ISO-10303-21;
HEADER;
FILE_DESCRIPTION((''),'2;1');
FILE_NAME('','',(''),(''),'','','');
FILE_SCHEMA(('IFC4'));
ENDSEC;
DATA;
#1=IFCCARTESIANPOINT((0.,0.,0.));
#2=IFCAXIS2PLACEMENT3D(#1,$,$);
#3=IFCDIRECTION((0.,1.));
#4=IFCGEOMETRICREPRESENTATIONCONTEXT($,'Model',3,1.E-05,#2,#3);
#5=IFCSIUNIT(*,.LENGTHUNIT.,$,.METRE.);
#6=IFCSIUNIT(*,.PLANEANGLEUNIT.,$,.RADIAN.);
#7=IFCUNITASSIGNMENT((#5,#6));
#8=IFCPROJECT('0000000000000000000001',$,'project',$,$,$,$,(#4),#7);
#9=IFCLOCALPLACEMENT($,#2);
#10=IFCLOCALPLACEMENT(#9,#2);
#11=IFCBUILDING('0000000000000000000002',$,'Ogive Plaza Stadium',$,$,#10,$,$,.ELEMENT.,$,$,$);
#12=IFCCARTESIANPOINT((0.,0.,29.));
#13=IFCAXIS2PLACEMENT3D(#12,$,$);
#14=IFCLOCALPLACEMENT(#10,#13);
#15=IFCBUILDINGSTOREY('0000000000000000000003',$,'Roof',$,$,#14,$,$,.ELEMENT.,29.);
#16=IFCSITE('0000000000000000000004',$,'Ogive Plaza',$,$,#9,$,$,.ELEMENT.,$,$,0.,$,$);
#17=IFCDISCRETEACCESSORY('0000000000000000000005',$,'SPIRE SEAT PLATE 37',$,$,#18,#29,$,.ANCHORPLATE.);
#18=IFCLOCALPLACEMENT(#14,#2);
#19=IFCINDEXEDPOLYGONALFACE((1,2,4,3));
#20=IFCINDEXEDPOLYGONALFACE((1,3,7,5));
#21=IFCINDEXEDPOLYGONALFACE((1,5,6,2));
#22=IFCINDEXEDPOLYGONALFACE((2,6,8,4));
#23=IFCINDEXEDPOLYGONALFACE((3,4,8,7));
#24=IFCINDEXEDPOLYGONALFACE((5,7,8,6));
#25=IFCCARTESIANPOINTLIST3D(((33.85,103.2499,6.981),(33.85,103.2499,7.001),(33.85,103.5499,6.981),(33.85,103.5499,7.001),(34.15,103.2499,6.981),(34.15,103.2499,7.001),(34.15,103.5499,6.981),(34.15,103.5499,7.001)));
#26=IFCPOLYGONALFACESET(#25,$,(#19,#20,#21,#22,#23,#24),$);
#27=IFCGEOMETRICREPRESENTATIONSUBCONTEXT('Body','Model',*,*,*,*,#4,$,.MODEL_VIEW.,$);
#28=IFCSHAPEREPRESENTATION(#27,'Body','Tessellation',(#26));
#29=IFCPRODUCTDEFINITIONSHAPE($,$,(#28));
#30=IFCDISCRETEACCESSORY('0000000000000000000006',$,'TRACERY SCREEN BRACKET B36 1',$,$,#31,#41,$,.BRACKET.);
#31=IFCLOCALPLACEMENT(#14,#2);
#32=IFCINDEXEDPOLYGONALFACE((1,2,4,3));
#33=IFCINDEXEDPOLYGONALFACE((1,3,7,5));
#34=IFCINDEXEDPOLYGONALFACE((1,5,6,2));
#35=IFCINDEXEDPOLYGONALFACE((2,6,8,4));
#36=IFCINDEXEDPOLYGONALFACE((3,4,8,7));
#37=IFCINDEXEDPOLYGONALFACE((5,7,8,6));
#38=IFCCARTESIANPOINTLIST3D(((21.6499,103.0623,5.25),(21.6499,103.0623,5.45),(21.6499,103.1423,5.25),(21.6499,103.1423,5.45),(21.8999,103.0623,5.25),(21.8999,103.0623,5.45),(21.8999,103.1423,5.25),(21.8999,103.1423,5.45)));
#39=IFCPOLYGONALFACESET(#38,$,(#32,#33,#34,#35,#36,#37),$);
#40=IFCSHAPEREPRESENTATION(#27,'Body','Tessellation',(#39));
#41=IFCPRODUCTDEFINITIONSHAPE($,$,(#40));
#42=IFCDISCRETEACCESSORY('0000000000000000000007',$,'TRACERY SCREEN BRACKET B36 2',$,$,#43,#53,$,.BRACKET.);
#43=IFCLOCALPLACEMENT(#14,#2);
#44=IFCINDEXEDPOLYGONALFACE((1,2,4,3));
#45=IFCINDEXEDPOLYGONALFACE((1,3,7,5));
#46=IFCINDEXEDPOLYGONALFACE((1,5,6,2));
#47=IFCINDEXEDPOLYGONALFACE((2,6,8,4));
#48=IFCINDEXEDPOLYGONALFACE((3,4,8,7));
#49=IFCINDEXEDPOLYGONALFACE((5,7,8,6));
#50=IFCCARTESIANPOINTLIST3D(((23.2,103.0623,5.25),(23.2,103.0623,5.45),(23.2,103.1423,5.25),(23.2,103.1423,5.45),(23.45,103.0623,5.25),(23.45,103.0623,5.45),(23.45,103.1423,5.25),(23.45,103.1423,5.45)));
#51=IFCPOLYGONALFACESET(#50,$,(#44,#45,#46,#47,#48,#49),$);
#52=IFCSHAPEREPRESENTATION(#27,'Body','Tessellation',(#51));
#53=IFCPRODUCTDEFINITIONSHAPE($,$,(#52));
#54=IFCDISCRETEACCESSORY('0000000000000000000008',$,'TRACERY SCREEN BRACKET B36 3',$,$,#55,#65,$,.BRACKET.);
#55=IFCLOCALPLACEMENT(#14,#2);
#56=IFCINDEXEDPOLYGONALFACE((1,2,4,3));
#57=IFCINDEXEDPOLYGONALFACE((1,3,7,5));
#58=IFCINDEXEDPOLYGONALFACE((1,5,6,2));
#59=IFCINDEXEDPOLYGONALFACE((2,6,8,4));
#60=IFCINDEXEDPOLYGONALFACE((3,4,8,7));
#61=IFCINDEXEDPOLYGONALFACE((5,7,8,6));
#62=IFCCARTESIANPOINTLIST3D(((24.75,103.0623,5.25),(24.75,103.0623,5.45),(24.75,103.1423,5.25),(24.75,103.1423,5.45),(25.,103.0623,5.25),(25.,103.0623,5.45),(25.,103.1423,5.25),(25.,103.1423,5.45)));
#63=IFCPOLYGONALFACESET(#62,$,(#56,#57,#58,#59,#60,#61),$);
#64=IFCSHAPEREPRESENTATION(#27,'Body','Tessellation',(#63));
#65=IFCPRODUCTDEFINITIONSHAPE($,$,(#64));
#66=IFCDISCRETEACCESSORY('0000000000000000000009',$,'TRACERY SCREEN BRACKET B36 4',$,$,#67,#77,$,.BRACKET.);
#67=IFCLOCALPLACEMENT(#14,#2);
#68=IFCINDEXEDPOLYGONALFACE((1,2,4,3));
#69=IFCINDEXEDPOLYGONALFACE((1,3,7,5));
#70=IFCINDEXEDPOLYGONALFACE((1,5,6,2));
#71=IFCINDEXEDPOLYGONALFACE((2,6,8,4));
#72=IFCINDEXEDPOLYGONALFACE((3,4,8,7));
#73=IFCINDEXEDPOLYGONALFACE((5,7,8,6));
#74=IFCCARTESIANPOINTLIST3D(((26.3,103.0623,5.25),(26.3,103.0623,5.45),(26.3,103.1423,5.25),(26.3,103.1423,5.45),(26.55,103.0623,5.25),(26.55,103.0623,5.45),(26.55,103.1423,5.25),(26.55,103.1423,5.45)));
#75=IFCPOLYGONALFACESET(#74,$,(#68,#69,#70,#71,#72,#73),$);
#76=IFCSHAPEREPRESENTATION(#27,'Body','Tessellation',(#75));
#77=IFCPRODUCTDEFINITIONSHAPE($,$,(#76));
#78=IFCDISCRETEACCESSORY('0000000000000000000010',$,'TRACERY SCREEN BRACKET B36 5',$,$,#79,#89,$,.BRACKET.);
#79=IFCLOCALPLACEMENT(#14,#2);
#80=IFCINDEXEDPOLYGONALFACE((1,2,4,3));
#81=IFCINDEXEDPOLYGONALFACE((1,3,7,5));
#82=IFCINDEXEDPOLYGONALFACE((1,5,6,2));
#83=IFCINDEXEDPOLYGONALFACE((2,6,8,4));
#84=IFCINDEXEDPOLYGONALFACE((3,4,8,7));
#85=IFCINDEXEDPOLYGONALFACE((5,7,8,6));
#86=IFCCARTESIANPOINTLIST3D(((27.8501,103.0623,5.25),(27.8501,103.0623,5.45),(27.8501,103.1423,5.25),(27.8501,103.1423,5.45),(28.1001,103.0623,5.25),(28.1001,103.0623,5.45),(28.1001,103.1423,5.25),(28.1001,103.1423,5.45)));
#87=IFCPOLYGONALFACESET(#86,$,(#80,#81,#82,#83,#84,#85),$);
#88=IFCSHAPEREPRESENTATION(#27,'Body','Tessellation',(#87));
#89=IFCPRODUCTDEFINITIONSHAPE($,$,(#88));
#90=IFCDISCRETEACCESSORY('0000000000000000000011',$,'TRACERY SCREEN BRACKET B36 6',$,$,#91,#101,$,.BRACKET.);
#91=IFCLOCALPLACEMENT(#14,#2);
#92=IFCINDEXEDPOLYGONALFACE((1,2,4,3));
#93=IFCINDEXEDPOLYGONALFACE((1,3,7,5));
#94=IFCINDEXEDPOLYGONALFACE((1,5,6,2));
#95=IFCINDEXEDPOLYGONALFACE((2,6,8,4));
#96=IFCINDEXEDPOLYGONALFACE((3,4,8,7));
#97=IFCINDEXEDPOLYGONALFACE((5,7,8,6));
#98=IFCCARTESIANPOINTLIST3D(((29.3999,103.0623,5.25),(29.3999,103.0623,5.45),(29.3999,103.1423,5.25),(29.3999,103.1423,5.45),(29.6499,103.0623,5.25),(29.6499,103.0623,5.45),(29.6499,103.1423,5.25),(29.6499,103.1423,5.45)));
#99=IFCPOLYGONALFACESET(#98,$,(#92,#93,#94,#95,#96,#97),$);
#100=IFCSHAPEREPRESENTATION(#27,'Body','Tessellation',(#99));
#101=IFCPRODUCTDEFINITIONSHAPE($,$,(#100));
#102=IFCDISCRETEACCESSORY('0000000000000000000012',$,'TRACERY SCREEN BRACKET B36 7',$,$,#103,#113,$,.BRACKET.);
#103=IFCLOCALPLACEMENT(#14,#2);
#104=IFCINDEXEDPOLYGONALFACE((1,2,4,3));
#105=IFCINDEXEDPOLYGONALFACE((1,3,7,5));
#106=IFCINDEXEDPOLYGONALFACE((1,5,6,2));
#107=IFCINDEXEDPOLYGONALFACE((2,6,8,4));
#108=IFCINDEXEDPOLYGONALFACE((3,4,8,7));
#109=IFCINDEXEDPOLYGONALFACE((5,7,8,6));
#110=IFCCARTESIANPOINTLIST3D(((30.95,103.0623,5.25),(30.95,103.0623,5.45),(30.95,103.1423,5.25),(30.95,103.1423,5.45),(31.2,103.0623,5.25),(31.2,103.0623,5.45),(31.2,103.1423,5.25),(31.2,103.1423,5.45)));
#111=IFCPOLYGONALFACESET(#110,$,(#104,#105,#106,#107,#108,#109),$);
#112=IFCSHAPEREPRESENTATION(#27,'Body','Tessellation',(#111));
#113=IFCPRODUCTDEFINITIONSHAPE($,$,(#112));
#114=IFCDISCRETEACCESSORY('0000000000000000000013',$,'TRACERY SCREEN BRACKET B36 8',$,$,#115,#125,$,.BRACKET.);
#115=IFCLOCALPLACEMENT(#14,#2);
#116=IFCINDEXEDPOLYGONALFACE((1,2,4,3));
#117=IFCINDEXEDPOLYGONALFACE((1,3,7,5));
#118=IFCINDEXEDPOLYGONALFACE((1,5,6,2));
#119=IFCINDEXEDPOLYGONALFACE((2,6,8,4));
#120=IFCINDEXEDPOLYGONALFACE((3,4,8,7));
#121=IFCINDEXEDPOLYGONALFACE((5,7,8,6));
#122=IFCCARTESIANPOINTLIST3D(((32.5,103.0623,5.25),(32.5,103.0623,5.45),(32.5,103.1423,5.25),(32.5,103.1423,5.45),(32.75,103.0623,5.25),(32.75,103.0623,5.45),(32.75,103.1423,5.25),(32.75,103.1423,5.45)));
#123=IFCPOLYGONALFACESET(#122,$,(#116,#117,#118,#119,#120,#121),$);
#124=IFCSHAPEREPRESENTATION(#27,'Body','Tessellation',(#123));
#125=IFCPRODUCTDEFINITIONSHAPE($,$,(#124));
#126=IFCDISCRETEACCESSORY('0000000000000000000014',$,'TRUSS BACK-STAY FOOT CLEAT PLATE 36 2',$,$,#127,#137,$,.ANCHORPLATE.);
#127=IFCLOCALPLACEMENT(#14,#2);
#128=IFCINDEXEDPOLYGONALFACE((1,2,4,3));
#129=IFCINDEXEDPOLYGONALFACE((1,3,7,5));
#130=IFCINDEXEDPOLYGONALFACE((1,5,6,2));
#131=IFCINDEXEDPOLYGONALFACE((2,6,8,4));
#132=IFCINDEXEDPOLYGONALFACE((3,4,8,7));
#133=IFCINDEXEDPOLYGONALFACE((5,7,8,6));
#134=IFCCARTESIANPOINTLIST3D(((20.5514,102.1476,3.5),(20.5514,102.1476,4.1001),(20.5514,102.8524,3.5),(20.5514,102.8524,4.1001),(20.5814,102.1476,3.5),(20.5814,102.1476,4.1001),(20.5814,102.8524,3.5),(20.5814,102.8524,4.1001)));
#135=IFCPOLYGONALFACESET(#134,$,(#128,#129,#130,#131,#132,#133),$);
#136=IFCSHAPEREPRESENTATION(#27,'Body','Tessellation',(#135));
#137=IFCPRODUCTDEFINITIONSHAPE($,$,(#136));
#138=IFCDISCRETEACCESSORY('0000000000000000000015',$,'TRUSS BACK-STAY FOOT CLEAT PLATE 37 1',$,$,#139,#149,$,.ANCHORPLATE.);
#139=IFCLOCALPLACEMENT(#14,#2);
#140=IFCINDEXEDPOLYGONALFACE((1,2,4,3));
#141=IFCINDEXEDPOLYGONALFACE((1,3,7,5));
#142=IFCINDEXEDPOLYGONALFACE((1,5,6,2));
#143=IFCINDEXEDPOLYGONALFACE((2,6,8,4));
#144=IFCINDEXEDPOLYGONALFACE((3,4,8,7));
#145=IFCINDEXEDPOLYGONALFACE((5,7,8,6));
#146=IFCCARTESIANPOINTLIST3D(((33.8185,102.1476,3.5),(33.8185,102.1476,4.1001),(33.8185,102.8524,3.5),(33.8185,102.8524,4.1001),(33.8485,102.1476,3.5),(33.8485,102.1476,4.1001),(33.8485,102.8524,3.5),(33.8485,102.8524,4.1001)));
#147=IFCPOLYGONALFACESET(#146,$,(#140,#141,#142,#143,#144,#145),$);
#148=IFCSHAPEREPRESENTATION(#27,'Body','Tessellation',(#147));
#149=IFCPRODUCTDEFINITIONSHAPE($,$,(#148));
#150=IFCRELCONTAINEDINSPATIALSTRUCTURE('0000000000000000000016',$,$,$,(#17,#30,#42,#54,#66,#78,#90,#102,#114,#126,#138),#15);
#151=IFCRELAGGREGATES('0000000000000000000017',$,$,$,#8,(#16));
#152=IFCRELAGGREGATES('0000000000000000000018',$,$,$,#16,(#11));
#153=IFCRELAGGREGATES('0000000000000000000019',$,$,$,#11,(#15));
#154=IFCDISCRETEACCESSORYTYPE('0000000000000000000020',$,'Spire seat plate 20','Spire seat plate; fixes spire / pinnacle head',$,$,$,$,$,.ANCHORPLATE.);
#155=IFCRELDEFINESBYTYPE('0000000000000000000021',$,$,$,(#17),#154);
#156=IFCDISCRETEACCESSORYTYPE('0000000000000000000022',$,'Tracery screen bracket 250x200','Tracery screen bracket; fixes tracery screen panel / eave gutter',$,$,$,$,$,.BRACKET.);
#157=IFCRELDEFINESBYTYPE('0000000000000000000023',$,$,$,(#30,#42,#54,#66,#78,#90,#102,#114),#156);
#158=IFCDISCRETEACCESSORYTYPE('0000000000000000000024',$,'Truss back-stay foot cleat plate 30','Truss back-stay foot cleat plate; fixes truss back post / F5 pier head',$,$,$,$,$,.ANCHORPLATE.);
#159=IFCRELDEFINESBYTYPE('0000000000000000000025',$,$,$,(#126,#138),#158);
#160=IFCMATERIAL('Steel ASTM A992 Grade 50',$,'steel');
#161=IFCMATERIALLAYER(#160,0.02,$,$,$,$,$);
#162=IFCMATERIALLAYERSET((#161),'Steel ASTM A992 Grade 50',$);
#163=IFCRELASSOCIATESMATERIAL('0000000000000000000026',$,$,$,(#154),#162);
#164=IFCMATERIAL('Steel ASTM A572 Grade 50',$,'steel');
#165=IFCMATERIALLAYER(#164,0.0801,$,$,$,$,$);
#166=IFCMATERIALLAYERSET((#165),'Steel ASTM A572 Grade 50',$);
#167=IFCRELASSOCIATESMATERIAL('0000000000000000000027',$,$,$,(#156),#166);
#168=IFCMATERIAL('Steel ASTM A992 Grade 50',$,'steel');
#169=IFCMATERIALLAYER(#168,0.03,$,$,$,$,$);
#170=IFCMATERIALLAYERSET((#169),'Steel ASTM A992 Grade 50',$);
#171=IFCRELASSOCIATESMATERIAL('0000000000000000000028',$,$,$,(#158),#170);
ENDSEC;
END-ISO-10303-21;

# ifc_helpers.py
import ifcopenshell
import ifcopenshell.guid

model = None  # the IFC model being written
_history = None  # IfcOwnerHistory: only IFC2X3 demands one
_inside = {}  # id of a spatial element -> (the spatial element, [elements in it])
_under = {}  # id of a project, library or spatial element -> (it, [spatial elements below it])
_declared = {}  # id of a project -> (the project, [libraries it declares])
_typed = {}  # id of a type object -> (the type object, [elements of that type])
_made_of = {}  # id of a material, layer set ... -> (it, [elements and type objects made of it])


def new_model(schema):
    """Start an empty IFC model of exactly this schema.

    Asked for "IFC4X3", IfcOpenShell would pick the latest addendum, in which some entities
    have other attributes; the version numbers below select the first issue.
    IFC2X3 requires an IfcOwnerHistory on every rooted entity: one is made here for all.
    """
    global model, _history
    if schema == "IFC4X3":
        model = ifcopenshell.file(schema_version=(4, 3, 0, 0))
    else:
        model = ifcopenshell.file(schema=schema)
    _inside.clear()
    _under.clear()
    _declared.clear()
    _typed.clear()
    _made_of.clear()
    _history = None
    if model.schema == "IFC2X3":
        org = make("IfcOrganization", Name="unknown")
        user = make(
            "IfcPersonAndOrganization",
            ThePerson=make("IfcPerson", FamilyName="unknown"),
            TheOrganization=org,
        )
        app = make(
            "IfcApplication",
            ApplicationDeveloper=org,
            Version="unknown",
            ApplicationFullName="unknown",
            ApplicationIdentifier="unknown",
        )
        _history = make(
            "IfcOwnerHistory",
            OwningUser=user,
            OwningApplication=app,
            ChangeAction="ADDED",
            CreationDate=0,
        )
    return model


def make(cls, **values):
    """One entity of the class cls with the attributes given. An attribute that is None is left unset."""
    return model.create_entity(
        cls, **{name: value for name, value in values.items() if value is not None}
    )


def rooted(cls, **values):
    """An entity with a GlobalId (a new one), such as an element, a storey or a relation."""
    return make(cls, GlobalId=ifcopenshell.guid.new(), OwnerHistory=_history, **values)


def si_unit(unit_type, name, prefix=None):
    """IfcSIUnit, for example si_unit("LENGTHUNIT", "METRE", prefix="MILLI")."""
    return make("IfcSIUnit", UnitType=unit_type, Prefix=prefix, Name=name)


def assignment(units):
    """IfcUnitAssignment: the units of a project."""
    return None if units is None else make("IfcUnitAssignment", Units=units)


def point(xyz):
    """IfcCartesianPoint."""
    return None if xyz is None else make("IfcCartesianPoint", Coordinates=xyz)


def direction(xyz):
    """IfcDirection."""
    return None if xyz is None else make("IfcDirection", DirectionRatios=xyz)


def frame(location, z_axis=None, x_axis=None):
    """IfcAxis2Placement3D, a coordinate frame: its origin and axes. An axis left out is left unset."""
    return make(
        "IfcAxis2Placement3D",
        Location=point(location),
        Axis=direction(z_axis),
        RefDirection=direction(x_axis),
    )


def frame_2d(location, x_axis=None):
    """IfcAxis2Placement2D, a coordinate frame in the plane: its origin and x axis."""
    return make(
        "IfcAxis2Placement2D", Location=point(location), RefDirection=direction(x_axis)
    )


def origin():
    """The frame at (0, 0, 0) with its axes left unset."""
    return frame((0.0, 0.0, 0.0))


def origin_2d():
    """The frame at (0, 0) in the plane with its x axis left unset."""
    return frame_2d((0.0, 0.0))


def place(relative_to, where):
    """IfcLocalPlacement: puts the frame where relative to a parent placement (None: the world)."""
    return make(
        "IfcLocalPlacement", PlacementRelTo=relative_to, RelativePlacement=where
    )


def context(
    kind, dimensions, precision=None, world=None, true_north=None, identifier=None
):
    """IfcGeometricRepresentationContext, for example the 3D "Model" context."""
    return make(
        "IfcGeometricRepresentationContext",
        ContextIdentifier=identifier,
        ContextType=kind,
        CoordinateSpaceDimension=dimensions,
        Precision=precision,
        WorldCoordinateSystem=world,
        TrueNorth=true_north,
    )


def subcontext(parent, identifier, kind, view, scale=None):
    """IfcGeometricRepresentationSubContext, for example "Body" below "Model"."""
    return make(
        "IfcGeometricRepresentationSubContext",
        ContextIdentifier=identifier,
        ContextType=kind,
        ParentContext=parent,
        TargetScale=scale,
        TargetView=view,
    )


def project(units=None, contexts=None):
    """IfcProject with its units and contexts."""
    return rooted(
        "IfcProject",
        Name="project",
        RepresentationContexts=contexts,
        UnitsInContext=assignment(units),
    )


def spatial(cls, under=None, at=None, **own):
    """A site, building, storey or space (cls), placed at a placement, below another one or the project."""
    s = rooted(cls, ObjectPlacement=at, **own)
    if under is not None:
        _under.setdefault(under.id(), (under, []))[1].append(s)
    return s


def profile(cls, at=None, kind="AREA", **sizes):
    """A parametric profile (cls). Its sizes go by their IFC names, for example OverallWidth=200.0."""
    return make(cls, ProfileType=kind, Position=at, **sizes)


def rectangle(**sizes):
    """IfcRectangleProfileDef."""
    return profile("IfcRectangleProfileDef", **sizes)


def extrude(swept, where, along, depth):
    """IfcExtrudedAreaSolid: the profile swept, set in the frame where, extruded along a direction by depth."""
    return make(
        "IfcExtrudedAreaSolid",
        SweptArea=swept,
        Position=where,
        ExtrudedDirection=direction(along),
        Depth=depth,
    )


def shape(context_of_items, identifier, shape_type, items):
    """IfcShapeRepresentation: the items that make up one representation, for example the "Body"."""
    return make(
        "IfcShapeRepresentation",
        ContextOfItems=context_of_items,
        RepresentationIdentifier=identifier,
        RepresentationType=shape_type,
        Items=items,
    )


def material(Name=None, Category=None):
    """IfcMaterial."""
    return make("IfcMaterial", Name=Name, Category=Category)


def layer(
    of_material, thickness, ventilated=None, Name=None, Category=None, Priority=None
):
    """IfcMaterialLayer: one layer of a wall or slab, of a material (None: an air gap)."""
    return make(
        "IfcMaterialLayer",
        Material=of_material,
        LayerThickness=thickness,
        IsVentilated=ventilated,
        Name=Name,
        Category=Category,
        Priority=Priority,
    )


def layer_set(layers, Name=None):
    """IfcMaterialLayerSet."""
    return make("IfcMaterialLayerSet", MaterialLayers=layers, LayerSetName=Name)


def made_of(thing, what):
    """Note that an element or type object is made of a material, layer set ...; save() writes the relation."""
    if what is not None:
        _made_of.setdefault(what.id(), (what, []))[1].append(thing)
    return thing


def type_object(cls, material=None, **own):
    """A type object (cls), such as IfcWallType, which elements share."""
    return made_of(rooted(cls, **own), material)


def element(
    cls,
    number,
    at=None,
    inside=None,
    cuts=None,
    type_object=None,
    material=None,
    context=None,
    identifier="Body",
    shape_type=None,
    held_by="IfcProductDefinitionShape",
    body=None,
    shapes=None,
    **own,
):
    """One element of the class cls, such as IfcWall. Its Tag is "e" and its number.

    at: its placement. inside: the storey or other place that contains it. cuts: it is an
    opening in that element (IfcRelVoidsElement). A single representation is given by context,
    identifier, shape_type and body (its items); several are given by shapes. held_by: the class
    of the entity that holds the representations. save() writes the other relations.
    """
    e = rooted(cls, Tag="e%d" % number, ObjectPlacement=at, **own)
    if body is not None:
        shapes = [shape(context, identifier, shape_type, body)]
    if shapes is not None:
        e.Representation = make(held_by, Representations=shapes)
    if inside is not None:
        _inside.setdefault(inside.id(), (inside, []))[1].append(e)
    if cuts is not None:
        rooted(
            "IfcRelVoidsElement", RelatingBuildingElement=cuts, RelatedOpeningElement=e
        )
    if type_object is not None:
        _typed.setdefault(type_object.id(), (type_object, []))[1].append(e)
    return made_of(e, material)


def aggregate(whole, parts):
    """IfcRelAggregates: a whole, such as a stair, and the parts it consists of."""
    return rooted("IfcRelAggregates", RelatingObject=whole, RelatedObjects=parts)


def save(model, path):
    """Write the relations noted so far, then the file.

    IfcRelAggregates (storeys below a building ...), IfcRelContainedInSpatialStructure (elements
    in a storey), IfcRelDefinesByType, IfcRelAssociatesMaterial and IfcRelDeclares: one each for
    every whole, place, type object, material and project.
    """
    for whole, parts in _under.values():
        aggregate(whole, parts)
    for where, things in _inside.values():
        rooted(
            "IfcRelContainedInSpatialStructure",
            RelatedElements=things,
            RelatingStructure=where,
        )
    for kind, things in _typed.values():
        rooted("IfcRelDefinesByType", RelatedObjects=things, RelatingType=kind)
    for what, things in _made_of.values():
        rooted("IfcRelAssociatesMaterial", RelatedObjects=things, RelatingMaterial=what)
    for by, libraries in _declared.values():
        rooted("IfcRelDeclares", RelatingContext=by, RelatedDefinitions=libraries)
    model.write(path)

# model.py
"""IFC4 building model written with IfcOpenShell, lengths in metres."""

from ifc_helpers import new_model, si_unit, direction, frame, origin, origin_2d, place, context, subcontext, project, spatial, rectangle, extrude, material, layer, layer_set, type_object, element, save


model = new_model("IFC4")

# Units and contexts
model_context = context("Model", 3, precision=1e-05, world=origin(), true_north=direction((0.0, 1.0)))
body_context = subcontext(model_context, "Body", "Model", "MODEL_VIEW")
ifc_project = project(units=[si_unit("LENGTHUNIT", "METRE"), si_unit("PLANEANGLEUNIT", "RADIAN")], contexts=[model_context])

# Site, building, storey
site_placement = place(None, origin())
site = spatial("IfcSite", under=ifc_project, at=site_placement, Name="Ogive Plaza", CompositionType="ELEMENT", RefElevation=0.0)
building_placement = place(site_placement, origin())
building = spatial("IfcBuilding", under=site, at=building_placement, Name="Ogive Plaza Stadium", CompositionType="ELEMENT")
storey_placement = place(building_placement, frame((0.0, 0.0, 29.0)))
storey = spatial("IfcBuildingStorey", under=building, at=storey_placement, Name="Roof", CompositionType="ELEMENT", Elevation=29.0)

# Discrete accessories
ifc_material_1 = material(Name="Steel ASTM A992 Grade 50", Category="steel")
ifc_layer_1 = layer(ifc_material_1, 0.02)
ifc_layer_set_1 = layer_set([ifc_layer_1], Name="Steel ASTM A992 Grade 50")
discrete_accessory_type_1 = type_object("IfcDiscreteAccessoryType", Name="Spire seat plate 20", Description="Spire seat plate; fixes spire / pinnacle head", PredefinedType="ANCHORPLATE", material=ifc_layer_set_1)
for number, where, z_axis, x_axis, name in (
    (1, (34.0, 103.3999, 6.981), (0.0, 0.0, 1.0), (0.0, 1.0, 0.0), "SPIRE SEAT PLATE 37"),
):
    element("IfcDiscreteAccessory", number, at=place(storey_placement, frame(where, z_axis=z_axis, x_axis=x_axis)), inside=storey, type_object=discrete_accessory_type_1, Name=name, PredefinedType="ANCHORPLATE", context=body_context, shape_type="SweptSolid", body=[
        extrude(rectangle(XDim=0.3, YDim=0.3, at=origin_2d()), origin(), (0.0, 0.0, 1.0), 0.02),
    ])
ifc_material_2 = material(Name="Steel ASTM A572 Grade 50", Category="steel")
ifc_layer_2 = layer(ifc_material_2, 0.0801)
ifc_layer_set_2 = layer_set([ifc_layer_2], Name="Steel ASTM A572 Grade 50")
discrete_accessory_type_2 = type_object("IfcDiscreteAccessoryType", Name="Tracery screen bracket 250x200", Description="Tracery screen bracket; fixes tracery screen panel / eave gutter", PredefinedType="BRACKET", material=ifc_layer_set_2)
for number, where, z_axis, x_axis, name in (
    (2, (21.7749, 103.1023, 5.25), (0.0, 0.0, 1.0), (1.0, 0.0, 0.0), "TRACERY SCREEN BRACKET B36 1"),
    (3, (23.325, 103.1023, 5.25), (0.0, 0.0, 1.0), (1.0, 0.0, 0.0), "TRACERY SCREEN BRACKET B36 2"),
    (4, (24.875, 103.1023, 5.25), (0.0, 0.0, 1.0), (1.0, 0.0, 0.0), "TRACERY SCREEN BRACKET B36 3"),
    (5, (26.425, 103.1023, 5.25), (0.0, 0.0, 1.0), (1.0, 0.0, 0.0), "TRACERY SCREEN BRACKET B36 4"),
    (6, (27.9751, 103.1023, 5.25), (0.0, 0.0, 1.0), (1.0, 0.0, 0.0), "TRACERY SCREEN BRACKET B36 5"),
    (7, (29.5249, 103.1023, 5.25), (0.0, 0.0, 1.0), (1.0, 0.0, 0.0), "TRACERY SCREEN BRACKET B36 6"),
    (8, (31.075, 103.1023, 5.25), (0.0, 0.0, 1.0), (1.0, 0.0, 0.0), "TRACERY SCREEN BRACKET B36 7"),
    (9, (32.625, 103.1023, 5.25), (0.0, 0.0, 1.0), (1.0, 0.0, 0.0), "TRACERY SCREEN BRACKET B36 8"),
):
    element("IfcDiscreteAccessory", number, at=place(storey_placement, frame(where, z_axis=z_axis, x_axis=x_axis)), inside=storey, type_object=discrete_accessory_type_2, Name=name, PredefinedType="BRACKET", context=body_context, shape_type="SweptSolid", body=[
        extrude(rectangle(XDim=0.25, YDim=0.0801, at=origin_2d()), origin(), (0.0, 0.0, 1.0), 0.2),
    ])
ifc_material_3 = material(Name="Steel ASTM A992 Grade 50", Category="steel")
ifc_layer_3 = layer(ifc_material_3, 0.03)
ifc_layer_set_3 = layer_set([ifc_layer_3], Name="Steel ASTM A992 Grade 50")
discrete_accessory_type_3 = type_object("IfcDiscreteAccessoryType", Name="Truss back-stay foot cleat plate 30", Description="Truss back-stay foot cleat plate; fixes truss back post / F5 pier head", PredefinedType="ANCHORPLATE", material=ifc_layer_set_3)
for number, where, z_axis, x_axis, name in (
    (10, (20.5664, 102.5, 3.5), (0.0, 0.0, 1.0), (0.0, 1.0, 0.0), "TRUSS BACK-STAY FOOT CLEAT PLATE 36 2"),
    (11, (33.8335, 102.5, 3.5), (0.0, 0.0, 1.0), (0.0, 1.0, 0.0), "TRUSS BACK-STAY FOOT CLEAT PLATE 37 1"),
):
    element("IfcDiscreteAccessory", number, at=place(storey_placement, frame(where, z_axis=z_axis, x_axis=x_axis)), inside=storey, type_object=discrete_accessory_type_3, Name=name, PredefinedType="ANCHORPLATE", context=body_context, shape_type="SweptSolid", body=[
        extrude(rectangle(XDim=0.7048, YDim=0.03, at=origin_2d()), origin(), (0.0, 0.0, 1.0), 0.6001),
    ])

save(model, "model.ifc")
